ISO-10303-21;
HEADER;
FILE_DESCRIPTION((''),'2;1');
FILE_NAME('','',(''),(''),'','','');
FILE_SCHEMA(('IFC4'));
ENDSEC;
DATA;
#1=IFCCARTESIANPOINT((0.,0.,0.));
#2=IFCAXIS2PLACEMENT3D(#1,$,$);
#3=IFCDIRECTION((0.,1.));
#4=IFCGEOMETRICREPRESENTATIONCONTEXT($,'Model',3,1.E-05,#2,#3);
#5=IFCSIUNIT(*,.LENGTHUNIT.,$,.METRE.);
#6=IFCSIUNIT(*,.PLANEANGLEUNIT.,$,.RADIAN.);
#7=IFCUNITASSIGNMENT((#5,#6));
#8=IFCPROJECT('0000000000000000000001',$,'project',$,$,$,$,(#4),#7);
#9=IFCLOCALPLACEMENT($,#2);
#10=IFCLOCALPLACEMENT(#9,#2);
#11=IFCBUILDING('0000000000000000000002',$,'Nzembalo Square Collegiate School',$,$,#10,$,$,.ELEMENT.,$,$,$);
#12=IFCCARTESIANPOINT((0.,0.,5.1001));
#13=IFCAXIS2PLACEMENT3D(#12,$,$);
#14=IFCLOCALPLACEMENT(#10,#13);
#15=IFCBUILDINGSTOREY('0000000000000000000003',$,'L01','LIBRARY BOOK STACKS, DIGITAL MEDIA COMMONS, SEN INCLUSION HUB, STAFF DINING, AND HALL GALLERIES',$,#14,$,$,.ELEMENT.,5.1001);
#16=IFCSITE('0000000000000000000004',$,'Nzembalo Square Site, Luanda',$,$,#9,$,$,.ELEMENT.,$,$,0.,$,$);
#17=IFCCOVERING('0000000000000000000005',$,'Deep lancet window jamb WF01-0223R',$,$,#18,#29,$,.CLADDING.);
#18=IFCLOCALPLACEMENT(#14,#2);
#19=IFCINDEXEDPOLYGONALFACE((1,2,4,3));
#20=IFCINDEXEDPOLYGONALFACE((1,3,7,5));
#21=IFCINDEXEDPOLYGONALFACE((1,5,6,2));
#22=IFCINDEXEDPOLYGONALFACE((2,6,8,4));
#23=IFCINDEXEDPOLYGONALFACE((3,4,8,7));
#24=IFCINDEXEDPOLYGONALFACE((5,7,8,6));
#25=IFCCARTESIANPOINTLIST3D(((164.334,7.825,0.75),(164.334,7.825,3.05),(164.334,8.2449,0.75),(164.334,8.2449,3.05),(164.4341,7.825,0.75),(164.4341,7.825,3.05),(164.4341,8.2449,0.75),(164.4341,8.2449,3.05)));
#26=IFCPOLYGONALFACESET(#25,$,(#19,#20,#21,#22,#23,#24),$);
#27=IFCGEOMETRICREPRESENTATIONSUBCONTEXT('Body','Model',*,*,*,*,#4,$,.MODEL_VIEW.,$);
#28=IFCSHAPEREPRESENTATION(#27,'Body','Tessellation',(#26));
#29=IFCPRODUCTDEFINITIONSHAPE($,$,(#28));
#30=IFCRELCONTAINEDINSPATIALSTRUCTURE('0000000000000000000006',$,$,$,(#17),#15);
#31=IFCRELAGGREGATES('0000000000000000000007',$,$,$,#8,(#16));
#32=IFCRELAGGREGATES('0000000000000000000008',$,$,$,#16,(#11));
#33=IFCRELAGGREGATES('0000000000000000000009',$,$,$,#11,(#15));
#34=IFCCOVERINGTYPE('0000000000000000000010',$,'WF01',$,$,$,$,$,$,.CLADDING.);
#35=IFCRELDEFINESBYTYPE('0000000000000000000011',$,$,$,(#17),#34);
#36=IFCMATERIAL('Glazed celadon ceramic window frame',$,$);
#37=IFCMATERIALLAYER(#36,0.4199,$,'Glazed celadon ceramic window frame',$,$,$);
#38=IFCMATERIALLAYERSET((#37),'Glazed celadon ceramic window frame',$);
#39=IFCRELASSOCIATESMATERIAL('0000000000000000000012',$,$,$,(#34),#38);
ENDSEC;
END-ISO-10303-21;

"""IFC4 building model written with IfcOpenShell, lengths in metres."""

from ifc_helpers import new_model, si_unit, direction, frame, origin, origin_2d, place, context, subcontext, project, spatial, rectangle, extrude, material, layer, layer_set, type_object, element, save


model = new_model("IFC4")

# Units and contexts
model_context = context("Model", 3, precision=1e-05, world=origin(), true_north=direction((0.0, 1.0)))
body_context = subcontext(model_context, "Body", "Model", "MODEL_VIEW")
ifc_project = project(units=[si_unit("LENGTHUNIT", "METRE"), si_unit("PLANEANGLEUNIT", "RADIAN")], contexts=[model_context])

# Site, building, storey
site_placement = place(None, origin())
site = spatial("IfcSite", under=ifc_project, at=site_placement, Name="Nzembalo Square Site, Luanda", CompositionType="ELEMENT", RefElevation=0.0)
building_placement = place(site_placement, origin())
building = spatial("IfcBuilding", under=site, at=building_placement, Name="Nzembalo Square Collegiate School", CompositionType="ELEMENT")
storey_placement = place(building_placement, frame((0.0, 0.0, 5.1001)))
storey = spatial("IfcBuildingStorey", under=building, at=storey_placement, Name="L01", Description="LIBRARY BOOK STACKS, DIGITAL MEDIA COMMONS, SEN INCLUSION HUB, STAFF DINING, AND HALL GALLERIES", CompositionType="ELEMENT", Elevation=5.1001)

# Covering
ifc_material_1 = material(Name="Glazed celadon ceramic window frame")
ifc_layer_1 = layer(ifc_material_1, 0.4199, Name="Glazed celadon ceramic window frame")
ifc_layer_set_1 = layer_set([ifc_layer_1], Name="Glazed celadon ceramic window frame")
covering_type_1 = type_object("IfcCoveringType", Name="WF01", PredefinedType="CLADDING", material=ifc_layer_set_1)
for number, where, z_axis, x_axis, name in (
    (1, (164.384, 8.0349, 0.75), (0.0, 0.0, 1.0), (1.0, 0.0, 0.0), "Deep lancet window jamb WF01-0223R"),
):
    element("IfcCovering", number, at=place(storey_placement, frame(where, z_axis=z_axis, x_axis=x_axis)), inside=storey, type_object=covering_type_1, Name=name, PredefinedType="CLADDING", context=body_context, shape_type="SweptSolid", body=[
        extrude(rectangle(XDim=0.1001, YDim=0.4199, at=origin_2d()), origin(), (0.0, 0.0, 1.0), 2.3),
    ])

save(model, "model.ifc")
